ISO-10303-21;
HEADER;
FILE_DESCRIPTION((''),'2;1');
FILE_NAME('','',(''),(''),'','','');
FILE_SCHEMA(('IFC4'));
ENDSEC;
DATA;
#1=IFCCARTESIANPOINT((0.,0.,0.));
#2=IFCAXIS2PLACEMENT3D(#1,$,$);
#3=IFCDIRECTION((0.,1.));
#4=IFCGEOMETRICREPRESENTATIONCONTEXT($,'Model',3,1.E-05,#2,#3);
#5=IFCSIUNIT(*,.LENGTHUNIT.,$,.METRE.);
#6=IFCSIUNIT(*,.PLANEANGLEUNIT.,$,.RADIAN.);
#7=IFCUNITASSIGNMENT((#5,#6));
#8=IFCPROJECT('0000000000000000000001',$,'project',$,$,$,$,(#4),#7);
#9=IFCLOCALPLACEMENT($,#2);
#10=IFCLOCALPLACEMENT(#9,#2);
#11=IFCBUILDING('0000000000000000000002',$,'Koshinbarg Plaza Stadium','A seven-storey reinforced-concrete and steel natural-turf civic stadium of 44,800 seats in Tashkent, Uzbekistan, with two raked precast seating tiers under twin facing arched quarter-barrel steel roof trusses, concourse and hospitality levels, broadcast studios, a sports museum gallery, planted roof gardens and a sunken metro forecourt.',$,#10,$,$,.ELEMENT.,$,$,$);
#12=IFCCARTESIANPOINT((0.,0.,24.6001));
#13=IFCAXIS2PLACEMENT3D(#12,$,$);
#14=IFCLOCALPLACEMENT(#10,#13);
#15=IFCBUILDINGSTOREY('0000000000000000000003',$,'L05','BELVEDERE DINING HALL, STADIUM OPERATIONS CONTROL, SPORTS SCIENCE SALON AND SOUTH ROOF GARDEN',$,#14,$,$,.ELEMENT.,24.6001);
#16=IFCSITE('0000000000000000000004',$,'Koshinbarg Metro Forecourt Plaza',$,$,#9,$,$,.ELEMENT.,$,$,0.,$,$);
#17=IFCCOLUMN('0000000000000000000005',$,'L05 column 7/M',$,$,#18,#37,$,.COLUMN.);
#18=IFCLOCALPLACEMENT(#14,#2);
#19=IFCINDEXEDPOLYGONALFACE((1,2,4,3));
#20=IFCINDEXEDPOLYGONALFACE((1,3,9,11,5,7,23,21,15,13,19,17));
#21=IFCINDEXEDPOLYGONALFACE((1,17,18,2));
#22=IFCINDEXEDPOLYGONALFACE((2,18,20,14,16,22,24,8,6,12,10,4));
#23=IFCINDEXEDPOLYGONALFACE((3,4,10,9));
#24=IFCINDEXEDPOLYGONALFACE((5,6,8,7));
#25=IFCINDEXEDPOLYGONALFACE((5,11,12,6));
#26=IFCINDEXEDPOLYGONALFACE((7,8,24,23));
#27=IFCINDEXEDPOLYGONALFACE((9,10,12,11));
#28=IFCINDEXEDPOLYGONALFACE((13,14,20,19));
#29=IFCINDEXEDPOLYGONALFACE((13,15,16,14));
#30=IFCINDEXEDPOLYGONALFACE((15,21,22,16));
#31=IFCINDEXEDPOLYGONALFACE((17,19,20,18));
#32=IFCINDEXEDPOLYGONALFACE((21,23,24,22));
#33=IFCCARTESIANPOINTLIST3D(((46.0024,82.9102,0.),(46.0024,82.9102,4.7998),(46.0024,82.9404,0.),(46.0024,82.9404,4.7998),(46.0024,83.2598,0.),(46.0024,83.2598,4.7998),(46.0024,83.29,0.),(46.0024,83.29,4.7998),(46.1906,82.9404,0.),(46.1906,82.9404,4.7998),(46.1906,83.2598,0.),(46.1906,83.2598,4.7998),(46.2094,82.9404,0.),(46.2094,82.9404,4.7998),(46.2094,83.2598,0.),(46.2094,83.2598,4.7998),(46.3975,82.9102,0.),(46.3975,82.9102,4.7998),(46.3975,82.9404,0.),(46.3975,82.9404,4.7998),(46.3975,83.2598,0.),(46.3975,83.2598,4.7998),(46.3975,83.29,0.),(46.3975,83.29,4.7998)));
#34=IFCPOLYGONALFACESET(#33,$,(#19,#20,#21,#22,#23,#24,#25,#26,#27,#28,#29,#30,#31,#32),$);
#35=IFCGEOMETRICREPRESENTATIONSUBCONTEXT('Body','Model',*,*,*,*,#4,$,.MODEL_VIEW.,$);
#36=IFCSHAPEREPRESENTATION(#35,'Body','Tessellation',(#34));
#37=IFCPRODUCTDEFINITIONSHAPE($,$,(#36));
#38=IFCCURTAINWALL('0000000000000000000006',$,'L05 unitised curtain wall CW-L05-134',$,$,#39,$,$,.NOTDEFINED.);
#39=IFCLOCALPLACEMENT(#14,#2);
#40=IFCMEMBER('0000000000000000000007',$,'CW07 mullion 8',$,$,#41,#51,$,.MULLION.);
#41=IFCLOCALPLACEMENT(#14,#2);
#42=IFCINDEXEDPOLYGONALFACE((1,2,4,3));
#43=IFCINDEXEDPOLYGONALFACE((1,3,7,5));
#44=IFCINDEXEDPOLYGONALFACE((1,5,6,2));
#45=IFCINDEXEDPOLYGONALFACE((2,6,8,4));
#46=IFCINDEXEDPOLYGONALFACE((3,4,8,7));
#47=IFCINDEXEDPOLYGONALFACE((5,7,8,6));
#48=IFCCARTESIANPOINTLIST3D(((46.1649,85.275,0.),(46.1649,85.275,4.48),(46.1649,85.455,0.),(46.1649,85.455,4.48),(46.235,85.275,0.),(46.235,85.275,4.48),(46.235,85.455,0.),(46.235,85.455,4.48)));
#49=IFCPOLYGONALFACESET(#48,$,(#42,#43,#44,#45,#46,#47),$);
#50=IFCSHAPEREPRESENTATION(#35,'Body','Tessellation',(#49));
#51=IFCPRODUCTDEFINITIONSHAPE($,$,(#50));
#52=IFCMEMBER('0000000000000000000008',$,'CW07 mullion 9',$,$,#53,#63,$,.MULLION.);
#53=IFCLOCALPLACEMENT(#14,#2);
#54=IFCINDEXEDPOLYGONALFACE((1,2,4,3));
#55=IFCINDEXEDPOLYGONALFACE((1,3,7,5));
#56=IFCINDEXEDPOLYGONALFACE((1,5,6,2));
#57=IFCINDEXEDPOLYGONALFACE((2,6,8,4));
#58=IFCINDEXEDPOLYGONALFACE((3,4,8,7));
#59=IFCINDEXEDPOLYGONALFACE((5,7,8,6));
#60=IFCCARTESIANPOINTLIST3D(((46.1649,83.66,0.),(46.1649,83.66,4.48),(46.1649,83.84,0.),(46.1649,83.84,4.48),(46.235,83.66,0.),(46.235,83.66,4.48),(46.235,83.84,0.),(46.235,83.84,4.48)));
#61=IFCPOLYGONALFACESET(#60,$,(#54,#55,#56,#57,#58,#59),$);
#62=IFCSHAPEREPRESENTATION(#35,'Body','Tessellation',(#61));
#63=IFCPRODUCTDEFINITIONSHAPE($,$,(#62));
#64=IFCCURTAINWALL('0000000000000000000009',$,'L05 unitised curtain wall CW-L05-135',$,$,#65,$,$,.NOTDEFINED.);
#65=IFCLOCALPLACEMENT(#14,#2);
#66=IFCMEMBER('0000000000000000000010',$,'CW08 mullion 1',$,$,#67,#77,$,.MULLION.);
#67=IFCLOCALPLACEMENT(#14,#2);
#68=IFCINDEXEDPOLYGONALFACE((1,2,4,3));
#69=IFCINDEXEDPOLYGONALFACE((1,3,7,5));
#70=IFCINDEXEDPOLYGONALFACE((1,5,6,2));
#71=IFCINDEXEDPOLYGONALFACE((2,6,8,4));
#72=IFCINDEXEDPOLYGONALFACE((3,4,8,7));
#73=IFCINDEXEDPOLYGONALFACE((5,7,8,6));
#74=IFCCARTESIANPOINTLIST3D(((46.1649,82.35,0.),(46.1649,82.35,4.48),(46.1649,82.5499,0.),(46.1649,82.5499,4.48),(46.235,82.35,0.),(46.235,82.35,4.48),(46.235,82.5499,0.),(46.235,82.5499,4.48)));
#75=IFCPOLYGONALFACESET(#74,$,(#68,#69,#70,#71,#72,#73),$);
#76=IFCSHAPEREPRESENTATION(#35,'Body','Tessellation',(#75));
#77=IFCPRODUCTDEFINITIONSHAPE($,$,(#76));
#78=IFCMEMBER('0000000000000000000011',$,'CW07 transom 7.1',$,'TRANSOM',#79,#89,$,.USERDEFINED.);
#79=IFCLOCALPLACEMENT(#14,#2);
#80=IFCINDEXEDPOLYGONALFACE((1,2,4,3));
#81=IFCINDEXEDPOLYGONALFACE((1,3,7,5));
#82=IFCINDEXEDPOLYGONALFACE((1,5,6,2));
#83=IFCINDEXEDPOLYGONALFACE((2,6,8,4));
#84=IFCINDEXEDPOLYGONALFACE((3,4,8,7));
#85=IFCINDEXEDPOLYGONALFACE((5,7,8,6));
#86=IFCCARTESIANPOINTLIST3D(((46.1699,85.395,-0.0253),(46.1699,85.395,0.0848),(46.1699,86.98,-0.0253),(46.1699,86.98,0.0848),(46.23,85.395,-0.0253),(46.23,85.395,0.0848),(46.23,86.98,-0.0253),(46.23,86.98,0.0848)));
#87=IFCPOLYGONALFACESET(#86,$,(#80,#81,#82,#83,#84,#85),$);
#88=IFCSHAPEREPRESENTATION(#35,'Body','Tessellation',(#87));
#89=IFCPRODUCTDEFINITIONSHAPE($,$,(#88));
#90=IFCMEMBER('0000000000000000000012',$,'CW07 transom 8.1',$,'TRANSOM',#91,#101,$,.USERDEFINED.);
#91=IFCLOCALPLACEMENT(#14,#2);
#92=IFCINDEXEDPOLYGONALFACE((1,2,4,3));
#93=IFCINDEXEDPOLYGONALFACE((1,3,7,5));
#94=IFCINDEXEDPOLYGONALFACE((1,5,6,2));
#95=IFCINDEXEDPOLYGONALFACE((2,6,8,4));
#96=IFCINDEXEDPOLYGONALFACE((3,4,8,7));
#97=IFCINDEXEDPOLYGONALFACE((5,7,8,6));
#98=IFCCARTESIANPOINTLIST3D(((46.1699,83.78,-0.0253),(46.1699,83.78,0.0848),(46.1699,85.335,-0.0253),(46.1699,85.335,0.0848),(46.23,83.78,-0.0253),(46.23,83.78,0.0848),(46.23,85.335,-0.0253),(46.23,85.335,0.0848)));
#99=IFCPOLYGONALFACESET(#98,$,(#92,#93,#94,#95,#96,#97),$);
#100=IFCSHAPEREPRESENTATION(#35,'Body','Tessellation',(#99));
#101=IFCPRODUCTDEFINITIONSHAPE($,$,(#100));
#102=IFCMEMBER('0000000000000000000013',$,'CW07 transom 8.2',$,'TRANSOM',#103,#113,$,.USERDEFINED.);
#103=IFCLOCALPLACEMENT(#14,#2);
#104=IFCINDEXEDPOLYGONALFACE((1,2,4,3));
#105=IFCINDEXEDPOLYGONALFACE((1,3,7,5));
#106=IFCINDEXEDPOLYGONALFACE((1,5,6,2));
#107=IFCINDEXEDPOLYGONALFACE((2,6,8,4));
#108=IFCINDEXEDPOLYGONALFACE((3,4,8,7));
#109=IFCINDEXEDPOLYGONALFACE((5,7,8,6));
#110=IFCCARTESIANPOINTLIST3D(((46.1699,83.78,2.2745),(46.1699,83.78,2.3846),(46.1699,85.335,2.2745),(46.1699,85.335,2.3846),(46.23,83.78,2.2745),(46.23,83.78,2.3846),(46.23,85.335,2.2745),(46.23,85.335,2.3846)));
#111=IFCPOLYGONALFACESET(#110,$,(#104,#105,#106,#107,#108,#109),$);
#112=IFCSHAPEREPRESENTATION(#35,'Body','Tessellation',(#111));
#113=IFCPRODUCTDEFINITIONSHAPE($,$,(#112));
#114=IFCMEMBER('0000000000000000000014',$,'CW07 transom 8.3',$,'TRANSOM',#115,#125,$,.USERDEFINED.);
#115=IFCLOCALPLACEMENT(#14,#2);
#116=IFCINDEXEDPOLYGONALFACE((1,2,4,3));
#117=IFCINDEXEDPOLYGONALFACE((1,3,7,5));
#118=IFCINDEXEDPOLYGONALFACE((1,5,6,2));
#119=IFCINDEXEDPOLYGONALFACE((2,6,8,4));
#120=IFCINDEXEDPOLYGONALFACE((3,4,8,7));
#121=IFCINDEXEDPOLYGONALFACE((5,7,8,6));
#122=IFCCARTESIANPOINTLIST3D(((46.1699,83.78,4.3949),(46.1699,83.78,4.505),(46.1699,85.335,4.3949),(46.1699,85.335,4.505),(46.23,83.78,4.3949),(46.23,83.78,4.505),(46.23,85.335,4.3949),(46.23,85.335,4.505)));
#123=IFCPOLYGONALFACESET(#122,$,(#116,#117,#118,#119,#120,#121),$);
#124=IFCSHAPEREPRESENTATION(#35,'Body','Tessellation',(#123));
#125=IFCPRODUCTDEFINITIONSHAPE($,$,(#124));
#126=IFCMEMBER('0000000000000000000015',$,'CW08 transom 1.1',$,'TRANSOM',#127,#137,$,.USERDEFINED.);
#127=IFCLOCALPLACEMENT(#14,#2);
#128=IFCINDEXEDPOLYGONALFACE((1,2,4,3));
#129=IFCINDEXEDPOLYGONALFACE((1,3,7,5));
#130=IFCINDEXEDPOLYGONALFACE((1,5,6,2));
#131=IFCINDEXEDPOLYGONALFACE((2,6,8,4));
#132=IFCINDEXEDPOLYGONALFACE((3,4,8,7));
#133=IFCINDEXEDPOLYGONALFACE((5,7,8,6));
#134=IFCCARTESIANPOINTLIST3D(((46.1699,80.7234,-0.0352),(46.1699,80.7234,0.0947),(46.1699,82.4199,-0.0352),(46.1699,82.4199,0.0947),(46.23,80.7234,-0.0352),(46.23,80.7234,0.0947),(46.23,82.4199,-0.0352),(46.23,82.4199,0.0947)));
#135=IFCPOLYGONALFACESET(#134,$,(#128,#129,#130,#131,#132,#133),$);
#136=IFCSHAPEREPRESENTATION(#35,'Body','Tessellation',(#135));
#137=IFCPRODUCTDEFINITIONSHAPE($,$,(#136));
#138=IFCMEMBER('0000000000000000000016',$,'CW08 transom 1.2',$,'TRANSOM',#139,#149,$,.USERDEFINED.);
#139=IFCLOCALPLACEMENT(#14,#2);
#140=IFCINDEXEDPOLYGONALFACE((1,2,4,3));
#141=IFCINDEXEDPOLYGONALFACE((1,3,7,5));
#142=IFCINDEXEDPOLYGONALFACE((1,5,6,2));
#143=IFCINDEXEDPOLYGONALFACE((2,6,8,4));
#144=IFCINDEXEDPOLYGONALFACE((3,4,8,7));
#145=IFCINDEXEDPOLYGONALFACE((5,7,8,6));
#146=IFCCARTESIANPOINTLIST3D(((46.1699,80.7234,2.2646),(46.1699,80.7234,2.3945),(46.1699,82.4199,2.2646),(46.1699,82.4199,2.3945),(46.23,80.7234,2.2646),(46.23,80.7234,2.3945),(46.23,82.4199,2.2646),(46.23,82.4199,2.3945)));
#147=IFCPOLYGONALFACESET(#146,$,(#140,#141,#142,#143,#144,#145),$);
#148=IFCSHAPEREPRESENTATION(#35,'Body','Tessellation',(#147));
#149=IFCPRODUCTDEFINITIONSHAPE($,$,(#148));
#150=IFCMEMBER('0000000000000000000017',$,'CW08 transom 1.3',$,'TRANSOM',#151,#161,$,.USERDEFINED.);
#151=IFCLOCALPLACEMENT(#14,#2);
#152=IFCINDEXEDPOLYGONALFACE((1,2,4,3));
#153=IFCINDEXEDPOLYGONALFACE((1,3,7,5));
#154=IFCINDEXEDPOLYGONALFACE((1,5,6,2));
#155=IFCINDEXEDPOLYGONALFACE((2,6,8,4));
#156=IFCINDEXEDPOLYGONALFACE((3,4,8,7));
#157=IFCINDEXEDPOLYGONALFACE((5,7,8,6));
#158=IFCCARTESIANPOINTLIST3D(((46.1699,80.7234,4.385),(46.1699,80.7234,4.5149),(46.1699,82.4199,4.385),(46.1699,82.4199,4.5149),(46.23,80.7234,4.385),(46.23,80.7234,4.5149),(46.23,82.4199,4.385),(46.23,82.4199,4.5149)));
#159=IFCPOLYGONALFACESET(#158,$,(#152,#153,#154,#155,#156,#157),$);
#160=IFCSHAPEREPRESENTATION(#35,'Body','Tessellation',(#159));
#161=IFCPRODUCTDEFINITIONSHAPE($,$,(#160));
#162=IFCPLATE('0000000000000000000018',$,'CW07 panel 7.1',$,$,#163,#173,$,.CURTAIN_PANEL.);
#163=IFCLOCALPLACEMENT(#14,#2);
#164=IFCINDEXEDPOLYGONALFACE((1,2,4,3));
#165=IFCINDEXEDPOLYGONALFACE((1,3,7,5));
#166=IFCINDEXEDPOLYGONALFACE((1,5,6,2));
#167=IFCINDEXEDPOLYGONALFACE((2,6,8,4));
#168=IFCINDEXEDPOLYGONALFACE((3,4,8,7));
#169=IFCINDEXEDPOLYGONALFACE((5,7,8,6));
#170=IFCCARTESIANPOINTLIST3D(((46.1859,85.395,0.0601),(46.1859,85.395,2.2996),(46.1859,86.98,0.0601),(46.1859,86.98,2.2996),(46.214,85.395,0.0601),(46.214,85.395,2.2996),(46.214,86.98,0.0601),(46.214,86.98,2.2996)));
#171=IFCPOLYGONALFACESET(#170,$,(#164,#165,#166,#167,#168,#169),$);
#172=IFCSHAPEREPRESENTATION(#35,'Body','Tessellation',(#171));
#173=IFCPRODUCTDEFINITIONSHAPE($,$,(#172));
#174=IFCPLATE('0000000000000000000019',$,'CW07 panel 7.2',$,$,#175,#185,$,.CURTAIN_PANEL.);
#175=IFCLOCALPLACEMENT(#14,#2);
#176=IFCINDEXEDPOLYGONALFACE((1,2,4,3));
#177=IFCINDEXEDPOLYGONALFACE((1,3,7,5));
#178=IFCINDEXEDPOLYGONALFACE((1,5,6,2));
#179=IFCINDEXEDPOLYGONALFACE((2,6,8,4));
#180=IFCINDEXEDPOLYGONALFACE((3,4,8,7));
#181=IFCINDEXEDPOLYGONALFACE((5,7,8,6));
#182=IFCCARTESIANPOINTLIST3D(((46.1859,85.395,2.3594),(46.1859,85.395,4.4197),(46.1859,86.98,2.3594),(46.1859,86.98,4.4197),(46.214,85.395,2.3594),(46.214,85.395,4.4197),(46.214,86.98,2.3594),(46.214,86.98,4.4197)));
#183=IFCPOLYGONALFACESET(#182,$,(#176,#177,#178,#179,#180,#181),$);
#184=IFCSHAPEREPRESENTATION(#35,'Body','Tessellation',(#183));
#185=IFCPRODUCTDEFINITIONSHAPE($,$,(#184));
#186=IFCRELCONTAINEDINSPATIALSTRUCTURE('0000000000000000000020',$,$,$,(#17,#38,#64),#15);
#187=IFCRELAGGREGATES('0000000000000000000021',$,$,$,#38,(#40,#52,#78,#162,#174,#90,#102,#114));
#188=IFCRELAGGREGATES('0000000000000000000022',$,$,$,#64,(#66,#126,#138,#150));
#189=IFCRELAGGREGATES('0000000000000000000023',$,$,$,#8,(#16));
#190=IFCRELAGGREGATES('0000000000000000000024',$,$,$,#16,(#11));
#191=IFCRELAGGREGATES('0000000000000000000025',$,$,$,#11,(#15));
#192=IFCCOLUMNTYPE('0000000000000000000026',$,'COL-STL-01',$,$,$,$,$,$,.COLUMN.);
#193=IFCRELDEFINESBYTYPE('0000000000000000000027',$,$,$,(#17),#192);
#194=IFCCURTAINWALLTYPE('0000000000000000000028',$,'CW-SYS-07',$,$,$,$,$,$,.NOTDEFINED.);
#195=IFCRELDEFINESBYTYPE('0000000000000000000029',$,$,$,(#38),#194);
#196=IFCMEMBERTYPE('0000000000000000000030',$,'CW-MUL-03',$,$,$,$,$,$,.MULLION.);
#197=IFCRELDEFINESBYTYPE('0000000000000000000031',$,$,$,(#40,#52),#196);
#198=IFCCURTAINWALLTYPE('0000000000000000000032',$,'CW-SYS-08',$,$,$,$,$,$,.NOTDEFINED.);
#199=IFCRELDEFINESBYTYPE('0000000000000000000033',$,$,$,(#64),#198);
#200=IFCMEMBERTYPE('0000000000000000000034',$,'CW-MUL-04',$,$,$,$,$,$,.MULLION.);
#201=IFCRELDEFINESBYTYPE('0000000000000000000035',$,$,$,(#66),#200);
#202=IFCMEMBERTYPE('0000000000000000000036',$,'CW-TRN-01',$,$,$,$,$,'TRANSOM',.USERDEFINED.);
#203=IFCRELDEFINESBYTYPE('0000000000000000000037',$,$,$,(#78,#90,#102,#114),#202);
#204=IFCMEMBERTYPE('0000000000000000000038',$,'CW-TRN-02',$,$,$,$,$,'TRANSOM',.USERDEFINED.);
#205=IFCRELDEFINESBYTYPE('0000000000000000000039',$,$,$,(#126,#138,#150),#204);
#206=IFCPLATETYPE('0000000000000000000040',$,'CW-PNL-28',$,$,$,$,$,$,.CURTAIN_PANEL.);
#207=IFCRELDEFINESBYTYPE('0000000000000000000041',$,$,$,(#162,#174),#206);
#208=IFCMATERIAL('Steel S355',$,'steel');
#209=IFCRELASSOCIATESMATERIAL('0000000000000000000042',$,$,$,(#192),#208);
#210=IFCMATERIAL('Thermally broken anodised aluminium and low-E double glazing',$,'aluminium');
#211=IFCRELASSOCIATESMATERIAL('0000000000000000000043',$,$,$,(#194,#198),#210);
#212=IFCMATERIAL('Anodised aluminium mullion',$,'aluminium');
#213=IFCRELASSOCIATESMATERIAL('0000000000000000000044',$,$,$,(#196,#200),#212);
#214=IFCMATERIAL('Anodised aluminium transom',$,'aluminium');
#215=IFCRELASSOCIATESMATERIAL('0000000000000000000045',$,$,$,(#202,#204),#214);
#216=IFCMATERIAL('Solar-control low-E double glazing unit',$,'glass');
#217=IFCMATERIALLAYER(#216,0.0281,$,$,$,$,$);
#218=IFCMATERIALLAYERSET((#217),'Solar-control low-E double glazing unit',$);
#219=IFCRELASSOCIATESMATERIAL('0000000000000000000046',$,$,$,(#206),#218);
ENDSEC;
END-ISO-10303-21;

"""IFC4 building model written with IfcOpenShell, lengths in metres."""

from ifc_helpers import new_model, si_unit, direction, frame, origin, origin_2d, place, context, subcontext, project, spatial, rectangle, i_section, extrude, material, layer, layer_set, material_profile, profile_set, type_object, element, aggregate, save


model = new_model("IFC4")

# Units and contexts
model_context = context("Model", 3, precision=1e-05, world=origin(), true_north=direction((0.0, 1.0)))
body_context = subcontext(model_context, "Body", "Model", "MODEL_VIEW")
ifc_project = project(units=[si_unit("LENGTHUNIT", "METRE"), si_unit("PLANEANGLEUNIT", "RADIAN")], contexts=[model_context])

# Site, building, storey
site_placement = place(None, origin())
site = spatial("IfcSite", under=ifc_project, at=site_placement, Name="Koshinbarg Metro Forecourt Plaza", CompositionType="ELEMENT", RefElevation=0.0)
building_placement = place(site_placement, origin())
building = spatial("IfcBuilding", under=site, at=building_placement, Name="Koshinbarg Plaza Stadium", Description="A seven-storey reinforced-concrete and steel natural-turf civic stadium of 44,800 seats in Tashkent, Uzbekistan, with two raked precast seating tiers under twin facing arched quarter-barrel steel roof trusses, concourse and hospitality levels, broadcast studios, a sports museum gallery, planted roof gardens and a sunken metro forecourt.", CompositionType="ELEMENT")
storey_placement = place(building_placement, frame((0.0, 0.0, 24.6001)))
storey = spatial("IfcBuildingStorey", under=building, at=storey_placement, Name="L05", Description="BELVEDERE DINING HALL, STADIUM OPERATIONS CONTROL, SPORTS SCIENCE SALON AND SOUTH ROOF GARDEN", CompositionType="ELEMENT", Elevation=24.6001)

# Column
ifc_material_1 = material(Name="Steel S355", Category="steel")
ifc_material_profile_1 = material_profile(ifc_material_1, i_section(OverallWidth=0.395, OverallDepth=0.3799, WebThickness=0.0188, FlangeThickness=0.0303, at=origin_2d()), Name="HD 400x237")
ifc_profile_set_1 = profile_set([ifc_material_profile_1], Name="Steel S355")
column_type = type_object("IfcColumnType", Name="COL-STL-01", PredefinedType="COLUMN", material=ifc_profile_set_1)
column_placement = place(storey_placement, frame((46.2, 83.1001, 0.0), z_axis=(0.0, 0.0, 1.0), x_axis=(1.0, 0.0, 0.0)))
element("IfcColumn", 1, at=column_placement, inside=storey, type_object=column_type, Name="L05 column 7/M", PredefinedType="COLUMN", context=body_context, shape_type="SweptSolid", body=[
    extrude(i_section(OverallWidth=0.395, OverallDepth=0.3799, WebThickness=0.0188, FlangeThickness=0.0303, at=origin_2d()), origin(), (0.0, 0.0, 1.0), 4.7998),
])

# Curtain wall, members
ifc_material_2 = material(Name="Thermally broken anodised aluminium and low-E double glazing", Category="aluminium")
curtain_wall_type_1 = type_object("IfcCurtainWallType", Name="CW-SYS-07", PredefinedType="NOTDEFINED", material=ifc_material_2)
curtain_wall_1_placement = place(storey_placement, origin())
curtain_wall_1 = element("IfcCurtainWall", 2, at=curtain_wall_1_placement, inside=storey, type_object=curtain_wall_type_1, Name="L05 unitised curtain wall CW-L05-134", PredefinedType="NOTDEFINED")
ifc_material_3 = material(Name="Anodised aluminium mullion", Category="aluminium")
ifc_material_profile_2 = material_profile(ifc_material_3, rectangle(XDim=0.0701, YDim=0.1799, at=origin_2d()), Name="ALU 70x180")
ifc_profile_set_2 = profile_set([ifc_material_profile_2], Name="Anodised aluminium mullion")
member_type_1 = type_object("IfcMemberType", Name="CW-MUL-03", PredefinedType="MULLION", material=ifc_profile_set_2)
member_1_placement = place(storey_placement, frame((46.2, 85.365, 0.0), z_axis=(0.0, 0.0, 1.0), x_axis=(1.0, 0.0, 0.0)))
member_1 = element("IfcMember", 3, at=member_1_placement, type_object=member_type_1, Name="CW07 mullion 8", PredefinedType="MULLION", context=body_context, shape_type="SweptSolid", body=[
    extrude(rectangle(XDim=0.0701, YDim=0.1799, at=origin_2d()), origin(), (0.0, 0.0, 1.0), 4.48),
])
member_2_placement = place(storey_placement, frame((46.2, 83.75, 0.0), z_axis=(0.0, 0.0, 1.0), x_axis=(1.0, 0.0, 0.0)))
member_2 = element("IfcMember", 4, at=member_2_placement, type_object=member_type_1, Name="CW07 mullion 9", PredefinedType="MULLION", context=body_context, shape_type="SweptSolid", body=[
    extrude(rectangle(XDim=0.0701, YDim=0.1799, at=origin_2d()), origin(), (0.0, 0.0, 1.0), 4.48),
])

# Curtain wall, member
curtain_wall_type_2 = type_object("IfcCurtainWallType", Name="CW-SYS-08", PredefinedType="NOTDEFINED", material=ifc_material_2)
curtain_wall_2_placement = place(storey_placement, origin())
curtain_wall_2 = element("IfcCurtainWall", 5, at=curtain_wall_2_placement, inside=storey, type_object=curtain_wall_type_2, Name="L05 unitised curtain wall CW-L05-135", PredefinedType="NOTDEFINED")
ifc_material_profile_3 = material_profile(ifc_material_3, rectangle(XDim=0.0701, YDim=0.2, at=origin_2d()), Name="ALU 70x200")
ifc_profile_set_3 = profile_set([ifc_material_profile_3], Name="Anodised aluminium mullion")
member_type_2 = type_object("IfcMemberType", Name="CW-MUL-04", PredefinedType="MULLION", material=ifc_profile_set_3)
member_3_placement = place(storey_placement, frame((46.2, 82.45, 0.0), z_axis=(0.0, 0.0, 1.0), x_axis=(1.0, 0.0, 0.0)))
member_3 = element("IfcMember", 6, at=member_3_placement, type_object=member_type_2, Name="CW08 mullion 1", PredefinedType="MULLION", context=body_context, shape_type="SweptSolid", body=[
    extrude(rectangle(XDim=0.0701, YDim=0.2, at=origin_2d()), origin(), (0.0, 0.0, 1.0), 4.48),
])

# Members
ifc_material_4 = material(Name="Anodised aluminium transom", Category="aluminium")
ifc_material_profile_4 = material_profile(ifc_material_4, rectangle(XDim=0.0601, YDim=0.1101, at=origin_2d()), Name="ALU 60x110")
ifc_profile_set_4 = profile_set([ifc_material_profile_4], Name="Anodised aluminium transom")
member_type_3 = type_object("IfcMemberType", Name="CW-TRN-01", ElementType="TRANSOM", PredefinedType="USERDEFINED", material=ifc_profile_set_4)
member_4_placement = place(storey_placement, frame((46.2, 86.98, 0.0298), z_axis=(0.0, -1.0, 0.0), x_axis=(1.0, 0.0, 0.0)))
member_4 = element("IfcMember", 7, at=member_4_placement, type_object=member_type_3, Name="CW07 transom 7.1", ObjectType="TRANSOM", PredefinedType="USERDEFINED", context=body_context, shape_type="SweptSolid", body=[
    extrude(rectangle(XDim=0.0601, YDim=0.1101, at=origin_2d()), origin(), (0.0, 0.0, 1.0), 1.585),
])
member_5_placement = place(storey_placement, frame((46.2, 85.335, 0.0298), z_axis=(0.0, -1.0, 0.0), x_axis=(1.0, 0.0, 0.0)))
member_5 = element("IfcMember", 8, at=member_5_placement, type_object=member_type_3, Name="CW07 transom 8.1", ObjectType="TRANSOM", PredefinedType="USERDEFINED", context=body_context, shape_type="SweptSolid", body=[
    extrude(rectangle(XDim=0.0601, YDim=0.1101, at=origin_2d()), origin(), (0.0, 0.0, 1.0), 1.5549),
])
member_6_placement = place(storey_placement, frame((46.2, 85.335, 2.3296), z_axis=(0.0, -1.0, 0.0), x_axis=(1.0, 0.0, 0.0)))
member_6 = element("IfcMember", 9, at=member_6_placement, type_object=member_type_3, Name="CW07 transom 8.2", ObjectType="TRANSOM", PredefinedType="USERDEFINED", context=body_context, shape_type="SweptSolid", body=[
    extrude(rectangle(XDim=0.0601, YDim=0.1101, at=origin_2d()), origin(), (0.0, 0.0, 1.0), 1.5549),
])
member_7_placement = place(storey_placement, frame((46.2, 85.335, 4.45), z_axis=(0.0, -1.0, 0.0), x_axis=(1.0, 0.0, 0.0)))
member_7 = element("IfcMember", 10, at=member_7_placement, type_object=member_type_3, Name="CW07 transom 8.3", ObjectType="TRANSOM", PredefinedType="USERDEFINED", context=body_context, shape_type="SweptSolid", body=[
    extrude(rectangle(XDim=0.0601, YDim=0.1101, at=origin_2d()), origin(), (0.0, 0.0, 1.0), 1.5549),
])
ifc_material_profile_5 = material_profile(ifc_material_4, rectangle(XDim=0.0601, YDim=0.1299, at=origin_2d()), Name="ALU 60x130")
ifc_profile_set_5 = profile_set([ifc_material_profile_5], Name="Anodised aluminium transom")
member_type_4 = type_object("IfcMemberType", Name="CW-TRN-02", ElementType="TRANSOM", PredefinedType="USERDEFINED", material=ifc_profile_set_5)
member_8_placement = place(storey_placement, frame((46.2, 82.4199, 0.0298), z_axis=(0.0, -1.0, 0.0), x_axis=(1.0, 0.0, 0.0)))
member_8 = element("IfcMember", 11, at=member_8_placement, type_object=member_type_4, Name="CW08 transom 1.1", ObjectType="TRANSOM", PredefinedType="USERDEFINED", context=body_context, shape_type="SweptSolid", body=[
    extrude(rectangle(XDim=0.0601, YDim=0.1299, at=origin_2d()), origin(), (0.0, 0.0, 1.0), 1.6965),
])
member_9_placement = place(storey_placement, frame((46.2, 82.4199, 2.3296), z_axis=(0.0, -1.0, 0.0), x_axis=(1.0, 0.0, 0.0)))
member_9 = element("IfcMember", 12, at=member_9_placement, type_object=member_type_4, Name="CW08 transom 1.2", ObjectType="TRANSOM", PredefinedType="USERDEFINED", context=body_context, shape_type="SweptSolid", body=[
    extrude(rectangle(XDim=0.0601, YDim=0.1299, at=origin_2d()), origin(), (0.0, 0.0, 1.0), 1.6965),
])
member_10_placement = place(storey_placement, frame((46.2, 82.4199, 4.45), z_axis=(0.0, -1.0, 0.0), x_axis=(1.0, 0.0, 0.0)))
member_10 = element("IfcMember", 13, at=member_10_placement, type_object=member_type_4, Name="CW08 transom 1.3", ObjectType="TRANSOM", PredefinedType="USERDEFINED", context=body_context, shape_type="SweptSolid", body=[
    extrude(rectangle(XDim=0.0601, YDim=0.1299, at=origin_2d()), origin(), (0.0, 0.0, 1.0), 1.6965),
])

# Plates
ifc_material_5 = material(Name="Solar-control low-E double glazing unit", Category="glass")
ifc_layer_1 = layer(ifc_material_5, 0.0281)
ifc_layer_set_1 = layer_set([ifc_layer_1], Name="Solar-control low-E double glazing unit")
plate_type_1 = type_object("IfcPlateType", Name="CW-PNL-28", PredefinedType="CURTAIN_PANEL", material=ifc_layer_set_1)
plate_1_placement = place(storey_placement, frame((46.2, 86.1875, 0.0601), z_axis=(0.0, 0.0, 1.0), x_axis=(0.0, -1.0, 0.0)))
plate_1 = element("IfcPlate", 14, at=plate_1_placement, type_object=plate_type_1, Name="CW07 panel 7.1", PredefinedType="CURTAIN_PANEL", context=body_context, shape_type="SweptSolid", body=[
    extrude(rectangle(XDim=1.585, YDim=0.0281, at=origin_2d()), origin(), (0.0, 0.0, 1.0), 2.2395),
])
plate_2_placement = place(storey_placement, frame((46.2, 86.1875, 2.3594), z_axis=(0.0, 0.0, 1.0), x_axis=(0.0, -1.0, 0.0)))
plate_2 = element("IfcPlate", 15, at=plate_2_placement, type_object=plate_type_1, Name="CW07 panel 7.2", PredefinedType="CURTAIN_PANEL", context=body_context, shape_type="SweptSolid", body=[
    extrude(rectangle(XDim=1.585, YDim=0.0281, at=origin_2d()), origin(), (0.0, 0.0, 1.0), 2.0603),
])
aggregate(curtain_wall_1, [member_1, member_2, member_4, plate_1, plate_2, member_5, member_6, member_7])
aggregate(curtain_wall_2, [member_3, member_8, member_9, member_10])

save(model, "model.ifc")
